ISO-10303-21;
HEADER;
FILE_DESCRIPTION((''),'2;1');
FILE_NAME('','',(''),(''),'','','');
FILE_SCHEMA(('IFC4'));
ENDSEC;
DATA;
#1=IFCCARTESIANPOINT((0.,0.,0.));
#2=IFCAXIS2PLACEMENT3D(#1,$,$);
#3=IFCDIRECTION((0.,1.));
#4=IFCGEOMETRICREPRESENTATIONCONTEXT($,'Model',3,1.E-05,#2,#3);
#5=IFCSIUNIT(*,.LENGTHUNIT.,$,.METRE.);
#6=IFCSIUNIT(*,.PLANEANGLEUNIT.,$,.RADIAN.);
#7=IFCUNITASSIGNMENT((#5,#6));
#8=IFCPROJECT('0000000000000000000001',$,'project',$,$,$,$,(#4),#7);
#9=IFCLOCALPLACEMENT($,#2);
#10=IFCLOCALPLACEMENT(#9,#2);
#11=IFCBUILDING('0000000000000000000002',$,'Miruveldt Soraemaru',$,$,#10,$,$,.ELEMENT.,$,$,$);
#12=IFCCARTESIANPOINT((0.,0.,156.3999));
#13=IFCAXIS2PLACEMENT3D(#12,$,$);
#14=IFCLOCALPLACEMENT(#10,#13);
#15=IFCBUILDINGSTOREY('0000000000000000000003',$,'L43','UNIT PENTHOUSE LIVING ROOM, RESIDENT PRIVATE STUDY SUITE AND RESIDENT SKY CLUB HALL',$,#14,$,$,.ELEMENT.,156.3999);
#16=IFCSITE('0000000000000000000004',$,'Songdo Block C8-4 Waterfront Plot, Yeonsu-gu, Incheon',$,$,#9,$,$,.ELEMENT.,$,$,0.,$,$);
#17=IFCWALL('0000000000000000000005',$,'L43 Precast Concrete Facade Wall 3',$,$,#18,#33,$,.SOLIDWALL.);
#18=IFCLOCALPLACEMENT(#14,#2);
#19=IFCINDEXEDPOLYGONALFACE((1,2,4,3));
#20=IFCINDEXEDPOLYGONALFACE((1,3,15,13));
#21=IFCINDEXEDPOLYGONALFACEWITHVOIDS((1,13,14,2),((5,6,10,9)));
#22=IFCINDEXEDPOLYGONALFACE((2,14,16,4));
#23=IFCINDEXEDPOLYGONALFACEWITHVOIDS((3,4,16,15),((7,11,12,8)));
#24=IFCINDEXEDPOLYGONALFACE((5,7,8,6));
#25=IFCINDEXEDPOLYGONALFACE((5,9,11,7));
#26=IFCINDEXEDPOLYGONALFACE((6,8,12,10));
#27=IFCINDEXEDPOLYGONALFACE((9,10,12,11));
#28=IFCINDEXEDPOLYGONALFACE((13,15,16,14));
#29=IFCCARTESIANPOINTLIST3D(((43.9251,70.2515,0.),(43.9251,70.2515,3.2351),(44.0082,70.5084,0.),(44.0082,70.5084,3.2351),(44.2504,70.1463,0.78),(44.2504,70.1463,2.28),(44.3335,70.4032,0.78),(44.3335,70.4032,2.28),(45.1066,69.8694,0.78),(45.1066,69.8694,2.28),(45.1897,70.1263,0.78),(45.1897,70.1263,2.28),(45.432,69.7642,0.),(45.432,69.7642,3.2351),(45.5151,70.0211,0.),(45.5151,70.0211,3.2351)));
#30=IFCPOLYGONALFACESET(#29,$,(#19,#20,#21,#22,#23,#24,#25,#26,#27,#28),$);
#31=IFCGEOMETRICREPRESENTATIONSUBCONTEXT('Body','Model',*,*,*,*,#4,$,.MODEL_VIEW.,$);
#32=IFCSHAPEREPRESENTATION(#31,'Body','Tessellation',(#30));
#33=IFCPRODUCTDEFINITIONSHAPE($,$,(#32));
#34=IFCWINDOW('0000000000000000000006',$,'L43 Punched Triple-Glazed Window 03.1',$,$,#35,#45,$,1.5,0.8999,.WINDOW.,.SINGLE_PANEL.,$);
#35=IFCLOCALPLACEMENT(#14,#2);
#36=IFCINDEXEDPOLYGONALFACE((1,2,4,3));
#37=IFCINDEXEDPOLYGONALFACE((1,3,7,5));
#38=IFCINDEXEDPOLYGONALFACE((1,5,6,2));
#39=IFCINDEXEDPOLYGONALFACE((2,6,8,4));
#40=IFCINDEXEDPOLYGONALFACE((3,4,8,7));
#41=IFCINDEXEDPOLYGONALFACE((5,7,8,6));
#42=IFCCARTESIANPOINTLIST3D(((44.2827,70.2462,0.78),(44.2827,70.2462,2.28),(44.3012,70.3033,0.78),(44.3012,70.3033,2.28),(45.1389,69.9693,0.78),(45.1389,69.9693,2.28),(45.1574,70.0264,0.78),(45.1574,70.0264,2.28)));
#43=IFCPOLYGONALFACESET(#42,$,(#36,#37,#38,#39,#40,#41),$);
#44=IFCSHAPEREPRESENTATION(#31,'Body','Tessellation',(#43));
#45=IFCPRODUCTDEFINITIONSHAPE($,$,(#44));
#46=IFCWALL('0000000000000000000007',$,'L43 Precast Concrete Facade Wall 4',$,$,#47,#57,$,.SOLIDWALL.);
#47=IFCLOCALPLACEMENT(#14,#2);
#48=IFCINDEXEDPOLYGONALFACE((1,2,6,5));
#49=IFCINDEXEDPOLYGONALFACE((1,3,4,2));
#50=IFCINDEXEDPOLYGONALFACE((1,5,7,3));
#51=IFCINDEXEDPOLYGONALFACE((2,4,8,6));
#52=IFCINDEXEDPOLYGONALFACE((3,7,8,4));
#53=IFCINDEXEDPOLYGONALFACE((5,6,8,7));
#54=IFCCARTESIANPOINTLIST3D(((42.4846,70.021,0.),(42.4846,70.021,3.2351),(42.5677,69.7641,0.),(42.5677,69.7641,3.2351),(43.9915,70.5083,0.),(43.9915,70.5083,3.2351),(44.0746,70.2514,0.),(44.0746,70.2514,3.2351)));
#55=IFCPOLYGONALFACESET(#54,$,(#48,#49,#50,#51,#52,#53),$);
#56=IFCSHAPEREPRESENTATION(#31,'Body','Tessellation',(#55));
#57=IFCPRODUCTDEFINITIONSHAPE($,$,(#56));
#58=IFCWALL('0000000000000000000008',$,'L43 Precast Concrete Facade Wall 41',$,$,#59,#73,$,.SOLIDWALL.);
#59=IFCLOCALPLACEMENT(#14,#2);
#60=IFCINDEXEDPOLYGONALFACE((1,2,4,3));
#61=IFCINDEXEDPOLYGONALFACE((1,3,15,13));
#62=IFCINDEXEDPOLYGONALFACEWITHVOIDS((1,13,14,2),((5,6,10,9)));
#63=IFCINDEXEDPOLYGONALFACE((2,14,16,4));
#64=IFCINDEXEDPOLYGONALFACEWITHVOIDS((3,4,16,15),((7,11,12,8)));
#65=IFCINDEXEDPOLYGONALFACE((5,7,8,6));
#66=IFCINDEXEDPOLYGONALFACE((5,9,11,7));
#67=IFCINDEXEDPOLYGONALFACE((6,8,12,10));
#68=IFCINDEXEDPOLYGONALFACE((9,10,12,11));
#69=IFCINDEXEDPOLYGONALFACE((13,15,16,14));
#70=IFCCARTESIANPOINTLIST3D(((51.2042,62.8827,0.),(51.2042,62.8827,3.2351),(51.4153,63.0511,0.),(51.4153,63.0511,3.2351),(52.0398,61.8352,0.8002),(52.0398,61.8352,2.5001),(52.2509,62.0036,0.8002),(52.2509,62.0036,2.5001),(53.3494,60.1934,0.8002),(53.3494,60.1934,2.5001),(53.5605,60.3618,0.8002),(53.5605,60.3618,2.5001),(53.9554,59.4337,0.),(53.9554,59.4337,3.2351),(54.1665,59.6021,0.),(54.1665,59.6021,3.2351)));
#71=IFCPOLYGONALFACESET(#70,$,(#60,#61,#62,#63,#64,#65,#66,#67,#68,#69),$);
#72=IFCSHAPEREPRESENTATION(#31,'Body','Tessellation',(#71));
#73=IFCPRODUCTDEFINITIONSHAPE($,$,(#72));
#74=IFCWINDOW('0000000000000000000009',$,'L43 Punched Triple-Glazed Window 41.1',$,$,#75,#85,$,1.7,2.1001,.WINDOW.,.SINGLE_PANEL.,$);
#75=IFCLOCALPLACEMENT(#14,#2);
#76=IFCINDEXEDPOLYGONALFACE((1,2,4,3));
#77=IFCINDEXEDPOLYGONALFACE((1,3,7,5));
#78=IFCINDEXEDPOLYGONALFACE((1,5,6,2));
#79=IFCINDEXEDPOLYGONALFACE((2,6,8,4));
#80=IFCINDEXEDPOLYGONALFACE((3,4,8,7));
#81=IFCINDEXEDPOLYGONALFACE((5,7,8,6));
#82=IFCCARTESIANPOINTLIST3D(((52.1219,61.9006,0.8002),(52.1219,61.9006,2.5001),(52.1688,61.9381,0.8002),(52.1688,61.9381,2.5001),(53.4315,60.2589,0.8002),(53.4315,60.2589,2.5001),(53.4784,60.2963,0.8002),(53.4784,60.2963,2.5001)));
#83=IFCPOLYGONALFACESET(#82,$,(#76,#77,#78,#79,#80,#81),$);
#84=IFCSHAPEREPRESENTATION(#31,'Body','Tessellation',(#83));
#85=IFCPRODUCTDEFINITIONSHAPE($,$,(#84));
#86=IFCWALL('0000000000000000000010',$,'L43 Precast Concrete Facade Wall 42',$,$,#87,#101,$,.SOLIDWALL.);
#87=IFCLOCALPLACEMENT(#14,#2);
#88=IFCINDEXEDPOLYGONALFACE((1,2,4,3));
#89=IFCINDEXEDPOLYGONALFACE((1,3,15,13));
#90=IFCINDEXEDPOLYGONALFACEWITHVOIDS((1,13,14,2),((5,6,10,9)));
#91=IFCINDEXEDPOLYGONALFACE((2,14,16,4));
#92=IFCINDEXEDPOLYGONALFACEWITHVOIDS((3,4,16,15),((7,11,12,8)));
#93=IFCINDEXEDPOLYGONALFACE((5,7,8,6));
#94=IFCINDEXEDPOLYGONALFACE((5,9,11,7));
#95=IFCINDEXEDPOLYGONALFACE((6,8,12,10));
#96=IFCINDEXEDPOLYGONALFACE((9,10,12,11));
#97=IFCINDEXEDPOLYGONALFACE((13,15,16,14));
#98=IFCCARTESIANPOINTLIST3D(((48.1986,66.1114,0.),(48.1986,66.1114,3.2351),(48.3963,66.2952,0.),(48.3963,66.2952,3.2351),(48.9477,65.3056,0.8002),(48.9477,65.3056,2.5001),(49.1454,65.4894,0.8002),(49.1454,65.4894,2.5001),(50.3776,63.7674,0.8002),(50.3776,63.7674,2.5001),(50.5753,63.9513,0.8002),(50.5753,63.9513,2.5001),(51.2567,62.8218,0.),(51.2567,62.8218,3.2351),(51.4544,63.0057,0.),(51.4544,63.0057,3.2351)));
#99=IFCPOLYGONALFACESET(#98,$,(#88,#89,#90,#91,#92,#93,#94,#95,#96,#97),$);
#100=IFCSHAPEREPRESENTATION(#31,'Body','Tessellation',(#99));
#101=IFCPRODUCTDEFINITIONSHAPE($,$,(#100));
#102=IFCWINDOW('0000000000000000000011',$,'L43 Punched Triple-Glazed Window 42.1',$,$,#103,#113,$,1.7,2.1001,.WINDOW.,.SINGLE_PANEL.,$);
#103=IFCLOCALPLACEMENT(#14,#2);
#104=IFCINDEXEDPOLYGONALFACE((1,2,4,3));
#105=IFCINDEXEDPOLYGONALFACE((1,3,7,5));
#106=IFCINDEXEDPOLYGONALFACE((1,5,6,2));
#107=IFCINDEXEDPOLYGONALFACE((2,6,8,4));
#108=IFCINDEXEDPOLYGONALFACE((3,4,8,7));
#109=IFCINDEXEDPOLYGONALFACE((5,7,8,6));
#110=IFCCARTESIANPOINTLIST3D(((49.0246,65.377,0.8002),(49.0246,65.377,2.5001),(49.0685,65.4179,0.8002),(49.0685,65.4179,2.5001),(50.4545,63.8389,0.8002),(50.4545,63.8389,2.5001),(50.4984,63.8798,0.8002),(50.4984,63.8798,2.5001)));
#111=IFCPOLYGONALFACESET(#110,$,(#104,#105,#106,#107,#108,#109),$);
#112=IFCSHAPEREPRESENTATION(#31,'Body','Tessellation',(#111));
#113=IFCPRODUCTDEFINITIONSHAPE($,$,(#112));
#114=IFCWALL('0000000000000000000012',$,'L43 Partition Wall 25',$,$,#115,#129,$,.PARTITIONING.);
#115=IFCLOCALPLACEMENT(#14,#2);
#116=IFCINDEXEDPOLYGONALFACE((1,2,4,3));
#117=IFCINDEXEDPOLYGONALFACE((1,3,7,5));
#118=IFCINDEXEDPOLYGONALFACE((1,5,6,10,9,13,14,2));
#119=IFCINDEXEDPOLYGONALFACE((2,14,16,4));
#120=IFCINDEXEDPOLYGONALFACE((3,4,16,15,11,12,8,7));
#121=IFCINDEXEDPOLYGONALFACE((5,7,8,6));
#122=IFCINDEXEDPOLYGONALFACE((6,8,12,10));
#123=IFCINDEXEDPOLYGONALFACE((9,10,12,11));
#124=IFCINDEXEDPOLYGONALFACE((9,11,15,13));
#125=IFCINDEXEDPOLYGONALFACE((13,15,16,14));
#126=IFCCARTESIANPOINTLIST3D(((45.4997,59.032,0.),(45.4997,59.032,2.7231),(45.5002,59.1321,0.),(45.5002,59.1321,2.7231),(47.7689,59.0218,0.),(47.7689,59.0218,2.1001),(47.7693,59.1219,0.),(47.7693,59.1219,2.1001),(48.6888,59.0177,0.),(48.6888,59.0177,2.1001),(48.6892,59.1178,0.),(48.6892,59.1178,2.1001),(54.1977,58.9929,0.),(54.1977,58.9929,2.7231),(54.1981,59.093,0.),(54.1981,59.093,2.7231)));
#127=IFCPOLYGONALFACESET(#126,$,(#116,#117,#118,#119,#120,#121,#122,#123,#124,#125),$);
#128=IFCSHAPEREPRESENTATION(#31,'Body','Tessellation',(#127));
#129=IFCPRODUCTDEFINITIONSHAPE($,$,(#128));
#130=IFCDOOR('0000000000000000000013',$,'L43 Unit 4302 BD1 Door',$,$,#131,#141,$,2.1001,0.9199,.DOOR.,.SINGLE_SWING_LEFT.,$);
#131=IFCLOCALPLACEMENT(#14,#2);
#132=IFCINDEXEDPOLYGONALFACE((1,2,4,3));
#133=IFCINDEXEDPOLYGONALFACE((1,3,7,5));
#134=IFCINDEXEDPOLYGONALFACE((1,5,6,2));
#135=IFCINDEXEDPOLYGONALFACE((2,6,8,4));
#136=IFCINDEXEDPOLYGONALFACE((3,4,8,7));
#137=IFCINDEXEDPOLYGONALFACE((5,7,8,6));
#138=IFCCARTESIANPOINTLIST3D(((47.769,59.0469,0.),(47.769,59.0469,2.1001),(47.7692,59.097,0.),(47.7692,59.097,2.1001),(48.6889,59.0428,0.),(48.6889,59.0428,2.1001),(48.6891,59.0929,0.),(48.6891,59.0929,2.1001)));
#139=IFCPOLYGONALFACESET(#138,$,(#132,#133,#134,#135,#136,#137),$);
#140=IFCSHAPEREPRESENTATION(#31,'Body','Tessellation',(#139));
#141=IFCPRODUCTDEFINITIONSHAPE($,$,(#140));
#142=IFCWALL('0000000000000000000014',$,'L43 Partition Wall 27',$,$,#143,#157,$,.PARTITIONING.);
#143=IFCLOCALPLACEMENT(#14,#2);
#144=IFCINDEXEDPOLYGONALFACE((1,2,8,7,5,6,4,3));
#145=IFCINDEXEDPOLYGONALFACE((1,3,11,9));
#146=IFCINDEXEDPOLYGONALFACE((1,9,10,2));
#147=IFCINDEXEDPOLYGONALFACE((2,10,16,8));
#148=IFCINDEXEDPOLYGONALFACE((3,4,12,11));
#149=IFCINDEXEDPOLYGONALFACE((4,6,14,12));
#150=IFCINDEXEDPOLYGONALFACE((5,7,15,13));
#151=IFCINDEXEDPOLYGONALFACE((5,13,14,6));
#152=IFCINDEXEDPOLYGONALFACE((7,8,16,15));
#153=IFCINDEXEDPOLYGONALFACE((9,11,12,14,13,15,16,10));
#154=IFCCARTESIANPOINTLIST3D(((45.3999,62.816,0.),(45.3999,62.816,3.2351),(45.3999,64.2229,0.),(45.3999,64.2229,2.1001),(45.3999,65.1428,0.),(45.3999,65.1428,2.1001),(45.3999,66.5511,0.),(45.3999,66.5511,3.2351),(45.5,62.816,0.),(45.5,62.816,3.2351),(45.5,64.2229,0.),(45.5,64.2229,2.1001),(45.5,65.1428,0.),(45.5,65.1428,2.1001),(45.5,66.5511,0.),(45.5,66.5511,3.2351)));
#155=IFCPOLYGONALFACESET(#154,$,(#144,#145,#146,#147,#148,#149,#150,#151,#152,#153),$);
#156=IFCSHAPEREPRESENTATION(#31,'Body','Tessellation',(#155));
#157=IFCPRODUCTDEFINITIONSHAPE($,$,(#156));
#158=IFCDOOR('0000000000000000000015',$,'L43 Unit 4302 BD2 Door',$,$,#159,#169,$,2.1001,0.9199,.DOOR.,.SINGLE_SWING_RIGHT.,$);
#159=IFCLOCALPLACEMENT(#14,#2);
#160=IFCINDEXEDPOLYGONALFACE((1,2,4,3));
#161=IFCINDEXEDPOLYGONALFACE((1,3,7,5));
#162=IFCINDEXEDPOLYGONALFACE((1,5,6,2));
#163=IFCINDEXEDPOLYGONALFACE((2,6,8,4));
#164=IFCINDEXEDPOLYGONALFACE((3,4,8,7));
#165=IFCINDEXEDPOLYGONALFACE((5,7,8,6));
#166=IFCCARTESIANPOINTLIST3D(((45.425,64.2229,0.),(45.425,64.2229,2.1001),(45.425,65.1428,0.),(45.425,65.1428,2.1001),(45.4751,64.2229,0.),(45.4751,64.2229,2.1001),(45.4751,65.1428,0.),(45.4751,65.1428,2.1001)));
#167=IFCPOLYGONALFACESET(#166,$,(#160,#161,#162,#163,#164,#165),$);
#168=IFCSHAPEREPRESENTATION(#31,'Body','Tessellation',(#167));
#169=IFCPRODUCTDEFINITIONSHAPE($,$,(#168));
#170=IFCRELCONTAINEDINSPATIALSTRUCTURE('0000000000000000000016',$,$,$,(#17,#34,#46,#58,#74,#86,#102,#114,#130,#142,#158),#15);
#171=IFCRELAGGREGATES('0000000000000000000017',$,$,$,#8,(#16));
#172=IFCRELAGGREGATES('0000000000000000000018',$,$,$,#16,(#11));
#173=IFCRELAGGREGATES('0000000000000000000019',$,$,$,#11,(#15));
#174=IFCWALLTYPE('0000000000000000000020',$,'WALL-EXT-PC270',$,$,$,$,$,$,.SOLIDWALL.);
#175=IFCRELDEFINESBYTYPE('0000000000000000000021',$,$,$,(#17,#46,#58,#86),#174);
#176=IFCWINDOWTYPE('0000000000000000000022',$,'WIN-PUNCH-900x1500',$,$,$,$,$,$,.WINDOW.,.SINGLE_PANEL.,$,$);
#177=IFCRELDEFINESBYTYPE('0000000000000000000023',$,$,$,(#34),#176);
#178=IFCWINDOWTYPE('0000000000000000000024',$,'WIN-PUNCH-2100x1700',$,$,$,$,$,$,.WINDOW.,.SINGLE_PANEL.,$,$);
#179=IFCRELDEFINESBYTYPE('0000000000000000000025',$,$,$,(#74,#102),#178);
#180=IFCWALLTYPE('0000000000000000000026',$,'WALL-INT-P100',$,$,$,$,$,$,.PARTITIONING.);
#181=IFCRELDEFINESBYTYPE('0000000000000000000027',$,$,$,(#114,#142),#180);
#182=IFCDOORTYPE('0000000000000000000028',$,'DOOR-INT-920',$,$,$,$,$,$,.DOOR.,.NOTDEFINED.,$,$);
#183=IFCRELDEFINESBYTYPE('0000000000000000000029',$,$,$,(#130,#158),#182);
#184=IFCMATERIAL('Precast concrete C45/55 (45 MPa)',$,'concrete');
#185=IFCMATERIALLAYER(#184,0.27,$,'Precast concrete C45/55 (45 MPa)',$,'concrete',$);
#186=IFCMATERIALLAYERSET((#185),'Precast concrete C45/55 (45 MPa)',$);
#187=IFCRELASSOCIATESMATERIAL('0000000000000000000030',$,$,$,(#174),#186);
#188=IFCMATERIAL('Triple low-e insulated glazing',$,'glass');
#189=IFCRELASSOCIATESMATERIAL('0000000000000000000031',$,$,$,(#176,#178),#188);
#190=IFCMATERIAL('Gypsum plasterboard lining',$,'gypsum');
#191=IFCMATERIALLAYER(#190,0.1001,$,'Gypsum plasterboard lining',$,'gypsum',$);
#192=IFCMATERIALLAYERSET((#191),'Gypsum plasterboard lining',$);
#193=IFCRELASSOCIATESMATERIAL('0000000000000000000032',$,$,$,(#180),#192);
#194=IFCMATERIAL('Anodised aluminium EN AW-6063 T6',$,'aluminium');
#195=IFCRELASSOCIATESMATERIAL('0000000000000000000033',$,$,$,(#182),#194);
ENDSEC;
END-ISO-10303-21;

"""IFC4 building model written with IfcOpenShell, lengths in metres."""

from ifc_helpers import new_model, si_unit, direction, frame, frame_2d, origin, place, context, subcontext, project, spatial, rectangle, extrude, material, layer, layer_set, type_object, element, fill, save


model = new_model("IFC4")

# Units and contexts
model_context = context("Model", 3, precision=1e-05, world=origin(), true_north=direction((0.0, 1.0)))
body_context = subcontext(model_context, "Body", "Model", "MODEL_VIEW")
ifc_project = project(units=[si_unit("LENGTHUNIT", "METRE"), si_unit("PLANEANGLEUNIT", "RADIAN")], contexts=[model_context])

# Site, building, storey
site_placement = place(None, origin())
site = spatial("IfcSite", under=ifc_project, at=site_placement, Name="Songdo Block C8-4 Waterfront Plot, Yeonsu-gu, Incheon", CompositionType="ELEMENT", RefElevation=0.0)
building_placement = place(site_placement, origin())
building = spatial("IfcBuilding", under=site, at=building_placement, Name="Miruveldt Soraemaru", CompositionType="ELEMENT")
storey_placement = place(building_placement, frame((0.0, 0.0, 156.3999)))
storey = spatial("IfcBuildingStorey", under=building, at=storey_placement, Name="L43", Description="UNIT PENTHOUSE LIVING ROOM, RESIDENT PRIVATE STUDY SUITE AND RESIDENT SKY CLUB HALL", CompositionType="ELEMENT", Elevation=156.3999)

# Wall, opening, window
ifc_material_1 = material(Name="Precast concrete C45/55 (45 MPa)", Category="concrete")
ifc_layer_1 = layer(ifc_material_1, 0.27, Name="Precast concrete C45/55 (45 MPa)", Category="concrete")
ifc_layer_set_1 = layer_set([ifc_layer_1], Name="Precast concrete C45/55 (45 MPa)")
wall_type_1 = type_object("IfcWallType", Name="WALL-EXT-PC270", PredefinedType="SOLIDWALL", material=ifc_layer_set_1)
ifc_material_2 = material(Name="Triple low-e insulated glazing", Category="glass")
wall_1_placement = place(storey_placement, frame((45.4736, 69.8926, 0.0), z_axis=(0.0, 0.0, 1.0), x_axis=(-0.951482, 0.307705, 0.0)))
wall_1 = element("IfcWall", 1, at=wall_1_placement, inside=storey, type_object=wall_type_1, Name="L43 Precast Concrete Facade Wall 3", PredefinedType="SOLIDWALL", context=body_context, shape_type="SweptSolid", body=[
    extrude(rectangle(XDim=1.5837, YDim=0.27, at=frame_2d((0.792, 0.0))), origin(), (0.0, 0.0, 1.0), 3.2351),
])
opening_1_placement = place(wall_1_placement, frame((0.342, 0.0, 0.78)))
opening_1 = element("IfcOpeningElement", 2, at=opening_1_placement, cuts=wall_1, PredefinedType="OPENING", context=body_context, shape_type="SweptSolid", body=[
    extrude(rectangle(XDim=0.8999, YDim=1.5, at=frame_2d((0.45, 0.75))), frame((0.0, 0.145, 0.0), z_axis=(0.0, -1.0, 0.0), x_axis=(1.0, 0.0, 0.0)), (0.0, 0.0, 1.0), 0.29),
])
window_type_1 = type_object("IfcWindowType", Name="WIN-PUNCH-900x1500", PartitioningType="SINGLE_PANEL", PredefinedType="WINDOW", material=ifc_material_2)
window_1_placement = place(opening_1_placement, origin())
window_1 = element("IfcWindow", 3, at=window_1_placement, inside=storey, type_object=window_type_1, Name="L43 Punched Triple-Glazed Window 03.1", OverallHeight=1.5, OverallWidth=0.8999, PartitioningType="SINGLE_PANEL", PredefinedType="WINDOW", context=body_context, shape_type="SweptSolid", body=[
    extrude(rectangle(XDim=0.8999, YDim=1.5, at=frame_2d((0.45, 0.75))), frame((0.0, 0.03, 0.0), z_axis=(0.0, -1.0, 0.0), x_axis=(1.0, 0.0, 0.0)), (0.0, 0.0, 1.0), 0.0601),
])
fill(opening_1, window_1)

# Wall
wall_2_placement = place(storey_placement, frame((44.0332, 70.3799, 0.0), z_axis=(0.0, 0.0, 1.0), x_axis=(-0.951482, -0.307705, 0.0)))
element("IfcWall", 4, at=wall_2_placement, inside=storey, type_object=wall_type_1, Name="L43 Precast Concrete Facade Wall 4", PredefinedType="SOLIDWALL", context=body_context, shape_type="SweptSolid", body=[
    extrude(rectangle(XDim=1.5837, YDim=0.27, at=frame_2d((0.792, 0.0))), origin(), (0.0, 0.0, 1.0), 3.2351),
])

# Walls, openings, windows
wall_3_placement = place(storey_placement, frame((54.061, 59.5178, 0.0), z_axis=(0.0, 0.0, 1.0), x_axis=(-0.623594, 0.781748, 0.0)))
wall_3 = element("IfcWall", 5, at=wall_3_placement, inside=storey, type_object=wall_type_1, Name="L43 Precast Concrete Facade Wall 41", PredefinedType="SOLIDWALL", context=body_context, shape_type="SweptSolid", body=[
    extrude(rectangle(XDim=4.4119, YDim=0.27, at=frame_2d((2.2061, 0.0))), origin(), (0.0, 0.0, 1.0), 3.2351),
])
opening_2_placement = place(wall_3_placement, frame((0.9719, 0.0, 0.8)))
opening_2 = element("IfcOpeningElement", 6, at=opening_2_placement, cuts=wall_3, PredefinedType="OPENING", context=body_context, shape_type="SweptSolid", body=[
    extrude(rectangle(XDim=2.1001, YDim=1.7, at=frame_2d((1.05, 0.8501))), frame((0.0, 0.145, 0.0), z_axis=(0.0, -1.0, 0.0), x_axis=(1.0, 0.0, 0.0)), (0.0, 0.0, 1.0), 0.29),
])
window_type_2 = type_object("IfcWindowType", Name="WIN-PUNCH-2100x1700", PartitioningType="SINGLE_PANEL", PredefinedType="WINDOW", material=ifc_material_2)
window_2_placement = place(opening_2_placement, origin())
window_2 = element("IfcWindow", 7, at=window_2_placement, inside=storey, type_object=window_type_2, Name="L43 Punched Triple-Glazed Window 41.1", OverallHeight=1.7, OverallWidth=2.1001, PartitioningType="SINGLE_PANEL", PredefinedType="WINDOW", context=body_context, shape_type="SweptSolid", body=[
    extrude(rectangle(XDim=2.1001, YDim=1.7, at=frame_2d((1.05, 0.8501))), frame((0.0, 0.03, 0.0), z_axis=(0.0, -1.0, 0.0), x_axis=(1.0, 0.0, 0.0)), (0.0, 0.0, 1.0), 0.0601),
])
fill(opening_2, window_2)
wall_4_placement = place(storey_placement, frame((51.3555, 62.9138, 0.0), z_axis=(0.0, 0.0, 1.0), x_axis=(-0.680872, 0.732402, 0.0)))
wall_4 = element("IfcWall", 8, at=wall_4_placement, inside=storey, type_object=wall_type_1, Name="L43 Precast Concrete Facade Wall 42", PredefinedType="SOLIDWALL", context=body_context, shape_type="SweptSolid", body=[
    extrude(rectangle(XDim=4.4915, YDim=0.27, at=frame_2d((2.2456, 0.0))), origin(), (0.0, 0.0, 1.0), 3.2351),
])
opening_3_placement = place(wall_4_placement, frame((1.291, 0.0, 0.8)))
opening_3 = element("IfcOpeningElement", 9, at=opening_3_placement, cuts=wall_4, PredefinedType="OPENING", context=body_context, shape_type="SweptSolid", body=[
    extrude(rectangle(XDim=2.1001, YDim=1.7, at=frame_2d((1.05, 0.8501))), frame((0.0, 0.145, 0.0), z_axis=(0.0, -1.0, 0.0), x_axis=(1.0, 0.0, 0.0)), (0.0, 0.0, 1.0), 0.29),
])
window_3_placement = place(opening_3_placement, origin())
window_3 = element("IfcWindow", 10, at=window_3_placement, inside=storey, type_object=window_type_2, Name="L43 Punched Triple-Glazed Window 42.1", OverallHeight=1.7, OverallWidth=2.1001, PartitioningType="SINGLE_PANEL", PredefinedType="WINDOW", context=body_context, shape_type="SweptSolid", body=[
    extrude(rectangle(XDim=2.1001, YDim=1.7, at=frame_2d((1.05, 0.8501))), frame((0.0, 0.03, 0.0), z_axis=(0.0, -1.0, 0.0), x_axis=(1.0, 0.0, 0.0)), (0.0, 0.0, 1.0), 0.0601),
])
fill(opening_3, window_3)

# Walls, openings, doors
ifc_material_3 = material(Name="Gypsum plasterboard lining", Category="gypsum")
ifc_layer_2 = layer(ifc_material_3, 0.1001, Name="Gypsum plasterboard lining", Category="gypsum")
ifc_layer_set_2 = layer_set([ifc_layer_2], Name="Gypsum plasterboard lining")
wall_type_2 = type_object("IfcWallType", Name="WALL-INT-P100", PredefinedType="PARTITIONING", material=ifc_layer_set_2)
wall_5_placement = place(storey_placement, frame((54.198, 59.043, 0.0), z_axis=(0.0, 0.0, 1.0), x_axis=(-0.99999, 0.004491, 0.0)))
wall_5 = element("IfcWall", 11, at=wall_5_placement, inside=storey, type_object=wall_type_2, Name="L43 Partition Wall 25", PredefinedType="PARTITIONING", context=body_context, shape_type="SweptSolid", body=[
    extrude(rectangle(XDim=8.698, YDim=0.1001, at=frame_2d((4.3491, 0.0))), origin(), (0.0, 0.0, 1.0), 2.7231),
])
opening_4_placement = place(wall_5_placement, frame((5.509, 0.0, 0.0)))
opening_4 = element("IfcOpeningElement", 12, at=opening_4_placement, cuts=wall_5, PredefinedType="OPENING", context=body_context, shape_type="SweptSolid", body=[
    extrude(rectangle(XDim=0.9199, YDim=2.1001, at=frame_2d((0.46, 1.05))), frame((0.0, 0.0601, 0.0), z_axis=(0.0, -1.0, 0.0), x_axis=(1.0, 0.0, 0.0)), (0.0, 0.0, 1.0), 0.1201),
])
ifc_material_4 = material(Name="Anodised aluminium EN AW-6063 T6", Category="aluminium")
door_type = type_object("IfcDoorType", Name="DOOR-INT-920", OperationType="NOTDEFINED", PredefinedType="DOOR", material=ifc_material_4)
door_1_placement = place(opening_4_placement, origin())
door_1 = element("IfcDoor", 13, at=door_1_placement, inside=storey, type_object=door_type, Name="L43 Unit 4302 BD1 Door", OperationType="SINGLE_SWING_LEFT", OverallHeight=2.1001, OverallWidth=0.9199, PredefinedType="DOOR", context=body_context, shape_type="SweptSolid", body=[
    extrude(rectangle(XDim=0.9199, YDim=2.1001, at=frame_2d((0.46, 1.05))), frame((0.0, 0.0249, 0.0), z_axis=(0.0, -1.0, 0.0), x_axis=(1.0, 0.0, 0.0)), (0.0, 0.0, 1.0), 0.05),
])
fill(opening_4, door_1)
wall_6_placement = place(storey_placement, frame((45.45, 62.8159, 0.0), z_axis=(0.0, 0.0, 1.0), x_axis=(0.0, 1.0, 0.0)))
wall_6 = element("IfcWall", 14, at=wall_6_placement, inside=storey, type_object=wall_type_2, Name="L43 Partition Wall 27", PredefinedType="PARTITIONING", context=body_context, shape_type="SweptSolid", body=[
    extrude(rectangle(XDim=3.7351, YDim=0.1001, at=frame_2d((1.8677, 0.0))), origin(), (0.0, 0.0, 1.0), 3.2351),
])
opening_5_placement = place(wall_6_placement, frame((1.407, 0.0, 0.0)))
opening_5 = element("IfcOpeningElement", 15, at=opening_5_placement, cuts=wall_6, PredefinedType="OPENING", context=body_context, shape_type="SweptSolid", body=[
    extrude(rectangle(XDim=0.9199, YDim=2.1001, at=frame_2d((0.46, 1.05))), frame((0.0, 0.0601, 0.0), z_axis=(0.0, -1.0, 0.0), x_axis=(1.0, 0.0, 0.0)), (0.0, 0.0, 1.0), 0.1201),
])
door_2_placement = place(opening_5_placement, origin())
door_2 = element("IfcDoor", 16, at=door_2_placement, inside=storey, type_object=door_type, Name="L43 Unit 4302 BD2 Door", OperationType="SINGLE_SWING_RIGHT", OverallHeight=2.1001, OverallWidth=0.9199, PredefinedType="DOOR", context=body_context, shape_type="SweptSolid", body=[
    extrude(rectangle(XDim=0.9199, YDim=2.1001, at=frame_2d((0.46, 1.05))), frame((0.0, 0.0249, 0.0), z_axis=(0.0, -1.0, 0.0), x_axis=(1.0, 0.0, 0.0)), (0.0, 0.0, 1.0), 0.05),
])
fill(opening_5, door_2)

save(model, "model.ifc")
